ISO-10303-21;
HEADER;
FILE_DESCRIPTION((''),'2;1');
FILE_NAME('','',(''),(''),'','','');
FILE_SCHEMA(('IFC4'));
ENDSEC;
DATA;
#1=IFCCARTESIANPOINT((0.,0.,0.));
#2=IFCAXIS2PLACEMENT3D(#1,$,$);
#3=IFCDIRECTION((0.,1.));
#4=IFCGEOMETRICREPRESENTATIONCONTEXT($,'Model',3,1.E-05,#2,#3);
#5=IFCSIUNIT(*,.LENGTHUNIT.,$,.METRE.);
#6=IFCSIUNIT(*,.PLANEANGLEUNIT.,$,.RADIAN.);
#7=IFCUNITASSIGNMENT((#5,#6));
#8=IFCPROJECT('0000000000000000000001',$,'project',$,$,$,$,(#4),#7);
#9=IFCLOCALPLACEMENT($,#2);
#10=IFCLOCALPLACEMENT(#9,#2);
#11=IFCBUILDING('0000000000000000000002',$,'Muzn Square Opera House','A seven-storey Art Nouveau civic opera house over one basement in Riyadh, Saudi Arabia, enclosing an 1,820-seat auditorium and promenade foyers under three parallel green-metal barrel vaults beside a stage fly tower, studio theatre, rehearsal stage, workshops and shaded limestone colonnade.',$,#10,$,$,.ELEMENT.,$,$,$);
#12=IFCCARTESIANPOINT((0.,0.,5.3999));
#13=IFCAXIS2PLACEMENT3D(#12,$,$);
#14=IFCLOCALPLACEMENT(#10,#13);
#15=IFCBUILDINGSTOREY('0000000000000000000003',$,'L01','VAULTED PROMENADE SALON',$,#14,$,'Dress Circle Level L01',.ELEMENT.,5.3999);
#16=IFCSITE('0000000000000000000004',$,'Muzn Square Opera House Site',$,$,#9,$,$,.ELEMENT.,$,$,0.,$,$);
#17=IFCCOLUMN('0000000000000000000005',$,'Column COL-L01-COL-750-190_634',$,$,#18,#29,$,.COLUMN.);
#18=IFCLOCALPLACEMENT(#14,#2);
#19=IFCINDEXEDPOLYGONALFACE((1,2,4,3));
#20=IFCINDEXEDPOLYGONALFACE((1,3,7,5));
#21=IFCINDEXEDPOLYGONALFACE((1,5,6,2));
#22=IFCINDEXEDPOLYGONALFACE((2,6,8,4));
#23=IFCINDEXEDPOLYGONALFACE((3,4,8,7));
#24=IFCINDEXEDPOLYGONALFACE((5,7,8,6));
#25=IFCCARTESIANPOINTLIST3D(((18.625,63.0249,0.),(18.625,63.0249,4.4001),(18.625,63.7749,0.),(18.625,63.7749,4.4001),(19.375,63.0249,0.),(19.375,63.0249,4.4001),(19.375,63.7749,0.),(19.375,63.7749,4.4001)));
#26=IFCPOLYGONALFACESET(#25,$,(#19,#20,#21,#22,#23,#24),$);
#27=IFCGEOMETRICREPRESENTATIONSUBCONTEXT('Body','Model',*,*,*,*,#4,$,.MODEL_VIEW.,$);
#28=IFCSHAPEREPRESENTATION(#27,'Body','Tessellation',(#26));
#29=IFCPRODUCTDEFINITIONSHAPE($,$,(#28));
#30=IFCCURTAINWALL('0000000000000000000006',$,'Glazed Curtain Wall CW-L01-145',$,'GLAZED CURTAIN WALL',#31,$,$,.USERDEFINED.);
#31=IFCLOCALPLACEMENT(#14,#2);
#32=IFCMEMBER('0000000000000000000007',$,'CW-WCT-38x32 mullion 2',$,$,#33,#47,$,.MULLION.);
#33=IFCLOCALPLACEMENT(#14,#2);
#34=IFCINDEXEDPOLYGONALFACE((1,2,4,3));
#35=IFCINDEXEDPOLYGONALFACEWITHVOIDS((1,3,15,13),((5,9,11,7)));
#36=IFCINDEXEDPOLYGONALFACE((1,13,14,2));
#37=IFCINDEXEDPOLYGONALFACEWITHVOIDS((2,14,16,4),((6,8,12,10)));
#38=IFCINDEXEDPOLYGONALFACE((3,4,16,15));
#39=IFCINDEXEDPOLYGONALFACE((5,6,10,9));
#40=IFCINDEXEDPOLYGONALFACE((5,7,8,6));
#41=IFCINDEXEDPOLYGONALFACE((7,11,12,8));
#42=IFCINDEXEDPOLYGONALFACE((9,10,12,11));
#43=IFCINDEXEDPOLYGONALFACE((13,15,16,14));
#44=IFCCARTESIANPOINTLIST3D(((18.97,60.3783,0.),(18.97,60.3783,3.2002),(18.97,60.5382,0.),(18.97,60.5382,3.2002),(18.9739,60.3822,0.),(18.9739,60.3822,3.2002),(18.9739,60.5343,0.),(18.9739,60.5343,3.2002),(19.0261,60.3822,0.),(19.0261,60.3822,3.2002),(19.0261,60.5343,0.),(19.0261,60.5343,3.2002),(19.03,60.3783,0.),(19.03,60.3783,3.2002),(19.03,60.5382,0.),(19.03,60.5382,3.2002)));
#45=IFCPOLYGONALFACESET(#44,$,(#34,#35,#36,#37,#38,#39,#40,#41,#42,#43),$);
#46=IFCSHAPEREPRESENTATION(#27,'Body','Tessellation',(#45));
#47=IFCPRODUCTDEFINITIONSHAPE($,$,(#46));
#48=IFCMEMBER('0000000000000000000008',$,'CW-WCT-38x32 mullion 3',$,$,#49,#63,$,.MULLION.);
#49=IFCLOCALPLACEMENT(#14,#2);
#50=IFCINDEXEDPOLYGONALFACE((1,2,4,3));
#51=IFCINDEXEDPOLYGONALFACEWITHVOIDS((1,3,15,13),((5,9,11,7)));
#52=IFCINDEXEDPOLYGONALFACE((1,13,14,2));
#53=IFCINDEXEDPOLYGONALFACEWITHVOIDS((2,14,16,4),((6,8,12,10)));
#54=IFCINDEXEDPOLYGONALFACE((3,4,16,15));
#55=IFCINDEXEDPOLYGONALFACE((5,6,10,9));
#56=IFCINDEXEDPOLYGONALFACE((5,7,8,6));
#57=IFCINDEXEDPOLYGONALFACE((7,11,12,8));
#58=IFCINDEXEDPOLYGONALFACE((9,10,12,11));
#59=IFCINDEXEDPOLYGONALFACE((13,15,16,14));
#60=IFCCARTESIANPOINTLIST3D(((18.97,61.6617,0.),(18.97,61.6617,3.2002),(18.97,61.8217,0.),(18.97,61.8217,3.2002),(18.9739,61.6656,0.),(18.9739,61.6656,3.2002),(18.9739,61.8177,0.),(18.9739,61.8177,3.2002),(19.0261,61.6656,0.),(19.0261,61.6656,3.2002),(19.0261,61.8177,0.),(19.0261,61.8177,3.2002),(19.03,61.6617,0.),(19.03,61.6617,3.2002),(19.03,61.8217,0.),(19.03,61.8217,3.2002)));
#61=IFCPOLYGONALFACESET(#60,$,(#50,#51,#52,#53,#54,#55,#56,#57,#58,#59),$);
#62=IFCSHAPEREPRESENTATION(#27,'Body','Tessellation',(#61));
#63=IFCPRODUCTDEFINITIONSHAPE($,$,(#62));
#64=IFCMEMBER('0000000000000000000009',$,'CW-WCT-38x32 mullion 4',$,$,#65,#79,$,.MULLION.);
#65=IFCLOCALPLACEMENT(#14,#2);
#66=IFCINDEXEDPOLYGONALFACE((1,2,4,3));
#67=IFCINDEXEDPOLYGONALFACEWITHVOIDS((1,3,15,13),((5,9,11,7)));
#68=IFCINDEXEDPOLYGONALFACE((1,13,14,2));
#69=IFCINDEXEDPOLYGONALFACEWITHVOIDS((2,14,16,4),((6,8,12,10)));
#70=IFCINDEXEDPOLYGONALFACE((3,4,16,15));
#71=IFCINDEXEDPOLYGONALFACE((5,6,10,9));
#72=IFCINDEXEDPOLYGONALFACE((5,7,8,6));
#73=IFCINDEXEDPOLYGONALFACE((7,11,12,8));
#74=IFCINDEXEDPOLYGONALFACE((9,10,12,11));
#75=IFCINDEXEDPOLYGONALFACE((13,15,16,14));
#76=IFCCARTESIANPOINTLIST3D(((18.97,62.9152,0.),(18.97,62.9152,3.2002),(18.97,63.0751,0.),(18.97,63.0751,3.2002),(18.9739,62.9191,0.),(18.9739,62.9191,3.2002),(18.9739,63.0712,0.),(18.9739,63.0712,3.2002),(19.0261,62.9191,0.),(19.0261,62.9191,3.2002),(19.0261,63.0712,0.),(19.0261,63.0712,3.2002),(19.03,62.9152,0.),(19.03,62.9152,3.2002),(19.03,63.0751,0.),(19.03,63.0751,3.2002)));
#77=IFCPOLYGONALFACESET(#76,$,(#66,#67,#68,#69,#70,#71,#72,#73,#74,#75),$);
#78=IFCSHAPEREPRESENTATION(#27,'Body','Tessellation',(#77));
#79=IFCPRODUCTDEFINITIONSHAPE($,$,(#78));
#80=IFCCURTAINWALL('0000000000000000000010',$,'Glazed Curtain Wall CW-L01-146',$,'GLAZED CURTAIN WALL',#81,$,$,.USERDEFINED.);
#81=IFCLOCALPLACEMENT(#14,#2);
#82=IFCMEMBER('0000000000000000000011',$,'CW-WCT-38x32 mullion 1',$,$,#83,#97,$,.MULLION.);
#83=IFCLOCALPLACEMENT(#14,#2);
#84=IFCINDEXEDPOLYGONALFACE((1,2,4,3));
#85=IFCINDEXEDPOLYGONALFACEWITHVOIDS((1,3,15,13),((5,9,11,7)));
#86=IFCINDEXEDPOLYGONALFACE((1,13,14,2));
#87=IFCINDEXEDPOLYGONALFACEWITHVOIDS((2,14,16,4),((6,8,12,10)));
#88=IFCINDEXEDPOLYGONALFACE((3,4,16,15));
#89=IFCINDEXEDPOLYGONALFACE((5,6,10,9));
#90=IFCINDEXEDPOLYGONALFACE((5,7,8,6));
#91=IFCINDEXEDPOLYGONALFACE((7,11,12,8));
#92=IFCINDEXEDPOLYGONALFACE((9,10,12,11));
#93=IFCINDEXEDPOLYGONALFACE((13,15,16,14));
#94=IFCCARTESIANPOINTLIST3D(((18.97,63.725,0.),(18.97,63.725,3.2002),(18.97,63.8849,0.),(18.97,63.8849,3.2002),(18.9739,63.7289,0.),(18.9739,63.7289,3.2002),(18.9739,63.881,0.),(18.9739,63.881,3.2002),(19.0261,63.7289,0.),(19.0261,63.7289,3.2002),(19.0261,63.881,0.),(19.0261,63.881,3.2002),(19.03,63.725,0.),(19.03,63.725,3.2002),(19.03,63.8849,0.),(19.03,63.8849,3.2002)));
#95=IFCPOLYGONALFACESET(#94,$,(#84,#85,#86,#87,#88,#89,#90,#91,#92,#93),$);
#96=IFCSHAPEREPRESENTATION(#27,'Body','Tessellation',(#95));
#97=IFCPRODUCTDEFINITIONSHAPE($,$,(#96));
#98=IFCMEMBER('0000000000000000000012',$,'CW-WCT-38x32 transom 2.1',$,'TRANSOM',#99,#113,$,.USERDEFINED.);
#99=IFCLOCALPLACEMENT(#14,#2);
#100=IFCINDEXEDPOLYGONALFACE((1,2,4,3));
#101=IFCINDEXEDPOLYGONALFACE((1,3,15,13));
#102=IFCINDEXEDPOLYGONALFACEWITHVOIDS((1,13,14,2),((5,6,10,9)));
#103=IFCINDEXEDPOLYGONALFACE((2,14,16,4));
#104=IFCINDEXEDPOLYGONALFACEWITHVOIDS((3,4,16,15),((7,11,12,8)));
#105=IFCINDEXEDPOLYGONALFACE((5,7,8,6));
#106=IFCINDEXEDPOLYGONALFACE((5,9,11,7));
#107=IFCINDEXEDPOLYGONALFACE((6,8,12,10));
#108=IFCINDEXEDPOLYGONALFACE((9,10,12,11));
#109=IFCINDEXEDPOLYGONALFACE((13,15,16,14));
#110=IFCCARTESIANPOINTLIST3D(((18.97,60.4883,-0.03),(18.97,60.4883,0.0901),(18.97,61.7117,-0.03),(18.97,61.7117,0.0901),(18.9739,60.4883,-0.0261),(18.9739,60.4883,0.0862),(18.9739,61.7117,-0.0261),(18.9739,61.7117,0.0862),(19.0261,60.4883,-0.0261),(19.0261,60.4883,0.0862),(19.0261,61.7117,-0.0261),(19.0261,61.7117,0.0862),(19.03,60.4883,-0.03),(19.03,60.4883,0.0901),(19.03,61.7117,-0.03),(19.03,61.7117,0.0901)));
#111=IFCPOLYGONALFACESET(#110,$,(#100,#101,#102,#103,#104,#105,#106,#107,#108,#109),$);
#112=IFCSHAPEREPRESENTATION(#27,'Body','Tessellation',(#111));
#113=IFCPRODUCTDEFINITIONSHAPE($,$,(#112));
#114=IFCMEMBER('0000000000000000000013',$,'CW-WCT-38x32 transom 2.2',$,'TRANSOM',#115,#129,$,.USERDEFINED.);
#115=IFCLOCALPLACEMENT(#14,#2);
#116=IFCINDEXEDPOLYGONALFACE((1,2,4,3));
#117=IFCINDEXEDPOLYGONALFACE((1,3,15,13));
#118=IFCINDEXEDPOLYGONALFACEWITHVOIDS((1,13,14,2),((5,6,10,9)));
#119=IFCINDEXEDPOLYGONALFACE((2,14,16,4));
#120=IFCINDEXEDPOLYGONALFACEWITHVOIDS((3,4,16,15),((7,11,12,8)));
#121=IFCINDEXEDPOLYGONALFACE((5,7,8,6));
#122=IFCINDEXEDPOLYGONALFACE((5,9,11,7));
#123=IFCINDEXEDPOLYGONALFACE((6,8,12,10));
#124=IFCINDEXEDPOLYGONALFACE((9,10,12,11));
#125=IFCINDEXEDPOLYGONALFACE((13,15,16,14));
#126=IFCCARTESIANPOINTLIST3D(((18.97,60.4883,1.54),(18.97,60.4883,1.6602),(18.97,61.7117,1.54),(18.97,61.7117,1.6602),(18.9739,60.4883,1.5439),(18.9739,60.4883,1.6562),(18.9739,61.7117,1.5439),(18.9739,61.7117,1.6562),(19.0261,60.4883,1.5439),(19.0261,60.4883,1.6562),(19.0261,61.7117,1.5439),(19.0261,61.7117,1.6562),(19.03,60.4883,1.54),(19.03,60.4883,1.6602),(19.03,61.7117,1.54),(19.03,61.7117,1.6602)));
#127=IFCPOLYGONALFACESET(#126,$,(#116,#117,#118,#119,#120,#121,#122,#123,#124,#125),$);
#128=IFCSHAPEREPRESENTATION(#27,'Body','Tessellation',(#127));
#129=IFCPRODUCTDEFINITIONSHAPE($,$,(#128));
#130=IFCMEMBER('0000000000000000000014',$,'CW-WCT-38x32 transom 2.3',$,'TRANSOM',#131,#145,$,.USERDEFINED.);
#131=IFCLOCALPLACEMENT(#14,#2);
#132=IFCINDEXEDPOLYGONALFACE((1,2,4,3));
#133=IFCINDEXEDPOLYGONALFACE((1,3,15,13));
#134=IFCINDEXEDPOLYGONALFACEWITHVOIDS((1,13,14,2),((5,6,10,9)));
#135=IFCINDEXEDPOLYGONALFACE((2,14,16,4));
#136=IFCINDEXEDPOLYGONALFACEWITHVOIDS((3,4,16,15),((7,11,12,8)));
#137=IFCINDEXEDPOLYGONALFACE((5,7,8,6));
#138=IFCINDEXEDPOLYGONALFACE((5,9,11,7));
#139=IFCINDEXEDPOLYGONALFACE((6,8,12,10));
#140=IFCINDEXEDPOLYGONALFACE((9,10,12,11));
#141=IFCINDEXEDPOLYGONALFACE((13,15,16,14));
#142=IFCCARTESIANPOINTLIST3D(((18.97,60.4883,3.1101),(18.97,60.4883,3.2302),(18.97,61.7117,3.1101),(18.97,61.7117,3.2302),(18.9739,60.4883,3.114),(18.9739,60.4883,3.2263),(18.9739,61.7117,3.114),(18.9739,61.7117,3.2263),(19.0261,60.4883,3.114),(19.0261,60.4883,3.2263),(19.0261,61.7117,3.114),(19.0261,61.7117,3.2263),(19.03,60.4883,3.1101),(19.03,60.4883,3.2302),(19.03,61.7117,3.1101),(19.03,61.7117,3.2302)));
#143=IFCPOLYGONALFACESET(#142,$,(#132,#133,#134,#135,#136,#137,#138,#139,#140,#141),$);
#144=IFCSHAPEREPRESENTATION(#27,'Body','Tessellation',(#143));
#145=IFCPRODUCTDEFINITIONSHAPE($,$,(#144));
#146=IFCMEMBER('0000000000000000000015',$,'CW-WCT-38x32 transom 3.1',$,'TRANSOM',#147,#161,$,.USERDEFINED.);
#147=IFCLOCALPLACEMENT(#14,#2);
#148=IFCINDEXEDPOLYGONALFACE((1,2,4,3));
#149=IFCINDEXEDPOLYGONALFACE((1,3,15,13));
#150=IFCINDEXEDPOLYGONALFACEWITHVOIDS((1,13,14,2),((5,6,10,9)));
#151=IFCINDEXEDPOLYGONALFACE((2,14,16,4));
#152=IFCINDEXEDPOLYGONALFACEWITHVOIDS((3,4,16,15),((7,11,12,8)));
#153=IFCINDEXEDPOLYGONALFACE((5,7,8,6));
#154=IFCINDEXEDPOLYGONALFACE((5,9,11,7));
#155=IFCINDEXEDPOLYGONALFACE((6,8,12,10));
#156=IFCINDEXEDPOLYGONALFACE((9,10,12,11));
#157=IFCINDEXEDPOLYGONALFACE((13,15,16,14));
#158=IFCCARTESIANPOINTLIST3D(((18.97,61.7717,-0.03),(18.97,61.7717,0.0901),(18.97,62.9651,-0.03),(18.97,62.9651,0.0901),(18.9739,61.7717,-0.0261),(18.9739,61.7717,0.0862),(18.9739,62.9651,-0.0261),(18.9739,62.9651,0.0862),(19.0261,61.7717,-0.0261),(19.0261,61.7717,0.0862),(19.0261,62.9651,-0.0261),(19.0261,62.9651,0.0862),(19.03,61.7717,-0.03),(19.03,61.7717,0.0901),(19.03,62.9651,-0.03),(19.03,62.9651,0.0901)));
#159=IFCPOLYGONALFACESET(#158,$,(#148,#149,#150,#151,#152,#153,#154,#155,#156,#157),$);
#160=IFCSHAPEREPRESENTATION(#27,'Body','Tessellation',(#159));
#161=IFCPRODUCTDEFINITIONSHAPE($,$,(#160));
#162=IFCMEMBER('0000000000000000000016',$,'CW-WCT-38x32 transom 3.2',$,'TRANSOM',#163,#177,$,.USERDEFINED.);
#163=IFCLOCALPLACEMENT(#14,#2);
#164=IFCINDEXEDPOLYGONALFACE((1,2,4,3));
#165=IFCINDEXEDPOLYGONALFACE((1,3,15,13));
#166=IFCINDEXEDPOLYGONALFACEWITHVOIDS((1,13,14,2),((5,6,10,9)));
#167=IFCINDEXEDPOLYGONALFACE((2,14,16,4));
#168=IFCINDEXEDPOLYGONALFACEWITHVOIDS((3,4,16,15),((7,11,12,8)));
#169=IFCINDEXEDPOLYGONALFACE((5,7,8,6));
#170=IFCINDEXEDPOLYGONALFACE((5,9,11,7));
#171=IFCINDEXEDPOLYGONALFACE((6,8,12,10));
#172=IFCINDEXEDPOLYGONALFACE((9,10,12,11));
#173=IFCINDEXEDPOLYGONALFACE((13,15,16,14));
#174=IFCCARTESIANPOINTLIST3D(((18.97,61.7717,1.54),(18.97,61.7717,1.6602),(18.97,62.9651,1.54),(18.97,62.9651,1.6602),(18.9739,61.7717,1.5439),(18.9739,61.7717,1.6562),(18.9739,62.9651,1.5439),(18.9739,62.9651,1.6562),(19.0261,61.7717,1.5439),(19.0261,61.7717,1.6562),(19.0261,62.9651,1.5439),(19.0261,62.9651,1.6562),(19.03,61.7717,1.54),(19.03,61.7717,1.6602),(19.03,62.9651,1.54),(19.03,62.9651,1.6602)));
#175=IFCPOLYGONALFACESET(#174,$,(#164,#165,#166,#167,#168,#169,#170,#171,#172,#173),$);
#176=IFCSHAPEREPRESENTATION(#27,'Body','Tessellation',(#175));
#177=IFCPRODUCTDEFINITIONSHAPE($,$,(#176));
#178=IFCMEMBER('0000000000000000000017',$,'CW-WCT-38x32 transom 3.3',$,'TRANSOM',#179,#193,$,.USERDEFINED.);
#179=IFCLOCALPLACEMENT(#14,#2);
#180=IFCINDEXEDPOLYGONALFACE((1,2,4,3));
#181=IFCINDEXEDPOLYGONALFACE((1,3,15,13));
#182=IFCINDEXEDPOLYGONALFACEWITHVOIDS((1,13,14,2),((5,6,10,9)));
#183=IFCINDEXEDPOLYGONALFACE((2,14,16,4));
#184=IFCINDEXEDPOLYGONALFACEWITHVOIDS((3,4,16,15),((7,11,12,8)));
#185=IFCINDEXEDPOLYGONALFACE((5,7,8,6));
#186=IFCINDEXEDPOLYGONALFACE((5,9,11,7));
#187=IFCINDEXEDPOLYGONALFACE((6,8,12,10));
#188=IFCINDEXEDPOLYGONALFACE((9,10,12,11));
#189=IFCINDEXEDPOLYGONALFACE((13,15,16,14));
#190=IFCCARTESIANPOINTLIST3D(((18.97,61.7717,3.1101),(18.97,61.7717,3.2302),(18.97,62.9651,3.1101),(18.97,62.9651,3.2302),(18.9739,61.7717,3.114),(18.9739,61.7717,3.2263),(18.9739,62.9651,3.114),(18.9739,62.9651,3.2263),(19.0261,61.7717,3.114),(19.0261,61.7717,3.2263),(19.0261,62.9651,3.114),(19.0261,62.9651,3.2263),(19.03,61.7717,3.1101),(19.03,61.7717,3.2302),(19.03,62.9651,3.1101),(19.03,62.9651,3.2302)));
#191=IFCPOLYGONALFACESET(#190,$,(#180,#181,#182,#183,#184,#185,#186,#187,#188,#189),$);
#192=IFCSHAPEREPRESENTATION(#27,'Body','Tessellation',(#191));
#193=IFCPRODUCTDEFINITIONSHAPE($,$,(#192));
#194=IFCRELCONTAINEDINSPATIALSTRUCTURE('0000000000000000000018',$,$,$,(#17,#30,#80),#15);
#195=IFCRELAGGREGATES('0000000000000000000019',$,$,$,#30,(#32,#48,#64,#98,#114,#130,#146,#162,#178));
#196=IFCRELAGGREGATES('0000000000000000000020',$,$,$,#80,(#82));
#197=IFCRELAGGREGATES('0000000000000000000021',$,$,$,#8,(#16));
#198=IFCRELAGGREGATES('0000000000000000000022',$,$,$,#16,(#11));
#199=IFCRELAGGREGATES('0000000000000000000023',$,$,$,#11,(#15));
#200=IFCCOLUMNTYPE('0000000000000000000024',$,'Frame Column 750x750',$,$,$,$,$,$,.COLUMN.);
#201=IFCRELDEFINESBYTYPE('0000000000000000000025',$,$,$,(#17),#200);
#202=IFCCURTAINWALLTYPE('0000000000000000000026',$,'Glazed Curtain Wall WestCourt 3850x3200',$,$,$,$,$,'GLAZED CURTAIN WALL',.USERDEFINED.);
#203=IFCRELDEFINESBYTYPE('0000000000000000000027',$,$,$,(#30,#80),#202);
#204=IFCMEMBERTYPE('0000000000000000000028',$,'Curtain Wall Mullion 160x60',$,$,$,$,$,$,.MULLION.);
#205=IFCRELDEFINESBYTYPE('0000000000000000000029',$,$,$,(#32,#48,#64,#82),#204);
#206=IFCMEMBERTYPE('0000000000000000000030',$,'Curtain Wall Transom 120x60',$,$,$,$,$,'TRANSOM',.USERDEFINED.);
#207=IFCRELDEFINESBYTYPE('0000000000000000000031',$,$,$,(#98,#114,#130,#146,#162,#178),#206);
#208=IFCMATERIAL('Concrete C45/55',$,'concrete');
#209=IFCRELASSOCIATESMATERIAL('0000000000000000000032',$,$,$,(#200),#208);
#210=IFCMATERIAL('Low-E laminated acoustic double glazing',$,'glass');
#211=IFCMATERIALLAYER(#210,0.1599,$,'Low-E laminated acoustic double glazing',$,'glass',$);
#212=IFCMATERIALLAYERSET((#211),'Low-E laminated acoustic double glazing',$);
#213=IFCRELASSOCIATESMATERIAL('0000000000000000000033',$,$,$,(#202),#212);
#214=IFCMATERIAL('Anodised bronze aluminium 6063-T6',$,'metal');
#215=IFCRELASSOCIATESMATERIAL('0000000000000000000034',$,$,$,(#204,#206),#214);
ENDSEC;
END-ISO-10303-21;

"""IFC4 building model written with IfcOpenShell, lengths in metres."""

from ifc_helpers import new_model, si_unit, direction, frame, origin, origin_2d, place, context, subcontext, project, spatial, rectangle, hollow_rectangle, extrude, material, layer, layer_set, material_profile, profile_set, type_object, element, aggregate, save


model = new_model("IFC4")

# Units and contexts
model_context = context("Model", 3, precision=1e-05, world=origin(), true_north=direction((0.0, 1.0)))
body_context = subcontext(model_context, "Body", "Model", "MODEL_VIEW")
ifc_project = project(units=[si_unit("LENGTHUNIT", "METRE"), si_unit("PLANEANGLEUNIT", "RADIAN")], contexts=[model_context])

# Site, building, storey
site_placement = place(None, origin())
site = spatial("IfcSite", under=ifc_project, at=site_placement, Name="Muzn Square Opera House Site", CompositionType="ELEMENT", RefElevation=0.0)
building_placement = place(site_placement, origin())
building = spatial("IfcBuilding", under=site, at=building_placement, Name="Muzn Square Opera House", Description="A seven-storey Art Nouveau civic opera house over one basement in Riyadh, Saudi Arabia, enclosing an 1,820-seat auditorium and promenade foyers under three parallel green-metal barrel vaults beside a stage fly tower, studio theatre, rehearsal stage, workshops and shaded limestone colonnade.", CompositionType="ELEMENT")
storey_placement = place(building_placement, frame((0.0, 0.0, 5.3999)))
storey = spatial("IfcBuildingStorey", under=building, at=storey_placement, Name="L01", Description="VAULTED PROMENADE SALON", LongName="Dress Circle Level L01", CompositionType="ELEMENT", Elevation=5.3999)

# Column
ifc_material_1 = material(Name="Concrete C45/55", Category="concrete")
ifc_material_profile_1 = material_profile(ifc_material_1, rectangle(XDim=0.75, YDim=0.75, at=origin_2d()), Name="RC 750x750", Category="concrete")
ifc_profile_set_1 = profile_set([ifc_material_profile_1], Name="Concrete C45/55")
column_type = type_object("IfcColumnType", Name="Frame Column 750x750", PredefinedType="COLUMN", material=ifc_profile_set_1)
column_placement = place(storey_placement, frame((19.0, 63.3999, 0.0), z_axis=(0.0, 0.0, 1.0), x_axis=(1.0, 0.0, 0.0)))
element("IfcColumn", 1, at=column_placement, inside=storey, type_object=column_type, Name="Column COL-L01-COL-750-190_634", PredefinedType="COLUMN", context=body_context, shape_type="SweptSolid", body=[
    extrude(rectangle(XDim=0.75, YDim=0.75, at=origin_2d()), origin(), (0.0, 0.0, 1.0), 4.4001),
])

# Curtain wall, members
ifc_material_2 = material(Name="Low-E laminated acoustic double glazing", Category="glass")
ifc_layer_1 = layer(ifc_material_2, 0.1599, Name="Low-E laminated acoustic double glazing", Category="glass")
ifc_layer_set_1 = layer_set([ifc_layer_1], Name="Low-E laminated acoustic double glazing")
curtain_wall_type = type_object("IfcCurtainWallType", Name="Glazed Curtain Wall WestCourt 3850x3200", ElementType="GLAZED CURTAIN WALL", PredefinedType="USERDEFINED", material=ifc_layer_set_1)
curtain_wall_1_placement = place(storey_placement, origin())
curtain_wall_1 = element("IfcCurtainWall", 2, at=curtain_wall_1_placement, inside=storey, type_object=curtain_wall_type, Name="Glazed Curtain Wall CW-L01-145", ObjectType="GLAZED CURTAIN WALL", PredefinedType="USERDEFINED")
ifc_material_3 = material(Name="Anodised bronze aluminium 6063-T6", Category="metal")
ifc_material_profile_2 = material_profile(ifc_material_3, hollow_rectangle(XDim=0.0601, YDim=0.1599, WallThickness=0.0039, at=origin_2d()), Name="ALU 160x60x4", Category="metal")
ifc_profile_set_2 = profile_set([ifc_material_profile_2], Name="Anodised bronze aluminium 6063-T6")
member_type_1 = type_object("IfcMemberType", Name="Curtain Wall Mullion 160x60", PredefinedType="MULLION", material=ifc_profile_set_2)
member_1_placement = place(storey_placement, frame((19.0, 60.4583, 0.0), z_axis=(0.0, 0.0, 1.0), x_axis=(-1.0, 0.0, 0.0)))
member_1 = element("IfcMember", 3, at=member_1_placement, type_object=member_type_1, Name="CW-WCT-38x32 mullion 2", PredefinedType="MULLION", context=body_context, shape_type="SweptSolid", body=[
    extrude(hollow_rectangle(XDim=0.0601, YDim=0.1599, WallThickness=0.0039, at=origin_2d()), origin(), (0.0, 0.0, 1.0), 3.2002),
])
member_2_placement = place(storey_placement, frame((19.0, 61.7417, 0.0), z_axis=(0.0, 0.0, 1.0), x_axis=(-1.0, 0.0, 0.0)))
member_2 = element("IfcMember", 4, at=member_2_placement, type_object=member_type_1, Name="CW-WCT-38x32 mullion 3", PredefinedType="MULLION", context=body_context, shape_type="SweptSolid", body=[
    extrude(hollow_rectangle(XDim=0.0601, YDim=0.1599, WallThickness=0.0039, at=origin_2d()), origin(), (0.0, 0.0, 1.0), 3.2002),
])
member_3_placement = place(storey_placement, frame((19.0, 62.9951, 0.0), z_axis=(0.0, 0.0, 1.0), x_axis=(-1.0, 0.0, 0.0)))
member_3 = element("IfcMember", 5, at=member_3_placement, type_object=member_type_1, Name="CW-WCT-38x32 mullion 4", PredefinedType="MULLION", context=body_context, shape_type="SweptSolid", body=[
    extrude(hollow_rectangle(XDim=0.0601, YDim=0.1599, WallThickness=0.0039, at=origin_2d()), origin(), (0.0, 0.0, 1.0), 3.2002),
])

# Curtain wall, member
curtain_wall_2_placement = place(storey_placement, origin())
curtain_wall_2 = element("IfcCurtainWall", 6, at=curtain_wall_2_placement, inside=storey, type_object=curtain_wall_type, Name="Glazed Curtain Wall CW-L01-146", ObjectType="GLAZED CURTAIN WALL", PredefinedType="USERDEFINED")
member_4_placement = place(storey_placement, frame((19.0, 63.8049, 0.0), z_axis=(0.0, 0.0, 1.0), x_axis=(-1.0, 0.0, 0.0)))
member_4 = element("IfcMember", 7, at=member_4_placement, type_object=member_type_1, Name="CW-WCT-38x32 mullion 1", PredefinedType="MULLION", context=body_context, shape_type="SweptSolid", body=[
    extrude(hollow_rectangle(XDim=0.0601, YDim=0.1599, WallThickness=0.0039, at=origin_2d()), origin(), (0.0, 0.0, 1.0), 3.2002),
])

# Members
ifc_material_profile_3 = material_profile(ifc_material_3, hollow_rectangle(XDim=0.0601, YDim=0.1201, WallThickness=0.0039, at=origin_2d()), Name="ALU 120x60x4", Category="metal")
ifc_profile_set_3 = profile_set([ifc_material_profile_3], Name="Anodised bronze aluminium 6063-T6")
member_type_2 = type_object("IfcMemberType", Name="Curtain Wall Transom 120x60", ElementType="TRANSOM", PredefinedType="USERDEFINED", material=ifc_profile_set_3)
member_5_placement = place(storey_placement, frame((19.0, 60.4883, 0.03), z_axis=(0.0, 1.0, 0.0), x_axis=(-1.0, 0.0, 0.0)))
member_5 = element("IfcMember", 8, at=member_5_placement, type_object=member_type_2, Name="CW-WCT-38x32 transom 2.1", ObjectType="TRANSOM", PredefinedType="USERDEFINED", context=body_context, shape_type="SweptSolid", body=[
    extrude(hollow_rectangle(XDim=0.0601, YDim=0.1201, WallThickness=0.0039, at=origin_2d()), origin(), (0.0, 0.0, 1.0), 1.2234),
])
member_6_placement = place(storey_placement, frame((19.0, 60.4883, 1.6001), z_axis=(0.0, 1.0, 0.0), x_axis=(-1.0, 0.0, 0.0)))
member_6 = element("IfcMember", 9, at=member_6_placement, type_object=member_type_2, Name="CW-WCT-38x32 transom 2.2", ObjectType="TRANSOM", PredefinedType="USERDEFINED", context=body_context, shape_type="SweptSolid", body=[
    extrude(hollow_rectangle(XDim=0.0601, YDim=0.1201, WallThickness=0.0039, at=origin_2d()), origin(), (0.0, 0.0, 1.0), 1.2234),
])
member_7_placement = place(storey_placement, frame((19.0, 60.4883, 3.1702), z_axis=(0.0, 1.0, 0.0), x_axis=(-1.0, 0.0, 0.0)))
member_7 = element("IfcMember", 10, at=member_7_placement, type_object=member_type_2, Name="CW-WCT-38x32 transom 2.3", ObjectType="TRANSOM", PredefinedType="USERDEFINED", context=body_context, shape_type="SweptSolid", body=[
    extrude(hollow_rectangle(XDim=0.0601, YDim=0.1201, WallThickness=0.0039, at=origin_2d()), origin(), (0.0, 0.0, 1.0), 1.2234),
])
member_8_placement = place(storey_placement, frame((19.0, 61.7717, 0.03), z_axis=(0.0, 1.0, 0.0), x_axis=(-1.0, 0.0, 0.0)))
member_8 = element("IfcMember", 11, at=member_8_placement, type_object=member_type_2, Name="CW-WCT-38x32 transom 3.1", ObjectType="TRANSOM", PredefinedType="USERDEFINED", context=body_context, shape_type="SweptSolid", body=[
    extrude(hollow_rectangle(XDim=0.0601, YDim=0.1201, WallThickness=0.0039, at=origin_2d()), origin(), (0.0, 0.0, 1.0), 1.1934),
])
member_9_placement = place(storey_placement, frame((19.0, 61.7717, 1.6001), z_axis=(0.0, 1.0, 0.0), x_axis=(-1.0, 0.0, 0.0)))
member_9 = element("IfcMember", 12, at=member_9_placement, type_object=member_type_2, Name="CW-WCT-38x32 transom 3.2", ObjectType="TRANSOM", PredefinedType="USERDEFINED", context=body_context, shape_type="SweptSolid", body=[
    extrude(hollow_rectangle(XDim=0.0601, YDim=0.1201, WallThickness=0.0039, at=origin_2d()), origin(), (0.0, 0.0, 1.0), 1.1934),
])
member_10_placement = place(storey_placement, frame((19.0, 61.7717, 3.1702), z_axis=(0.0, 1.0, 0.0), x_axis=(-1.0, 0.0, 0.0)))
member_10 = element("IfcMember", 13, at=member_10_placement, type_object=member_type_2, Name="CW-WCT-38x32 transom 3.3", ObjectType="TRANSOM", PredefinedType="USERDEFINED", context=body_context, shape_type="SweptSolid", body=[
    extrude(hollow_rectangle(XDim=0.0601, YDim=0.1201, WallThickness=0.0039, at=origin_2d()), origin(), (0.0, 0.0, 1.0), 1.1934),
])

aggregate(curtain_wall_1, [member_1, member_2, member_3, member_5, member_6, member_7, member_8, member_9, member_10])
aggregate(curtain_wall_2, [member_4])

save(model, "model.ifc")
